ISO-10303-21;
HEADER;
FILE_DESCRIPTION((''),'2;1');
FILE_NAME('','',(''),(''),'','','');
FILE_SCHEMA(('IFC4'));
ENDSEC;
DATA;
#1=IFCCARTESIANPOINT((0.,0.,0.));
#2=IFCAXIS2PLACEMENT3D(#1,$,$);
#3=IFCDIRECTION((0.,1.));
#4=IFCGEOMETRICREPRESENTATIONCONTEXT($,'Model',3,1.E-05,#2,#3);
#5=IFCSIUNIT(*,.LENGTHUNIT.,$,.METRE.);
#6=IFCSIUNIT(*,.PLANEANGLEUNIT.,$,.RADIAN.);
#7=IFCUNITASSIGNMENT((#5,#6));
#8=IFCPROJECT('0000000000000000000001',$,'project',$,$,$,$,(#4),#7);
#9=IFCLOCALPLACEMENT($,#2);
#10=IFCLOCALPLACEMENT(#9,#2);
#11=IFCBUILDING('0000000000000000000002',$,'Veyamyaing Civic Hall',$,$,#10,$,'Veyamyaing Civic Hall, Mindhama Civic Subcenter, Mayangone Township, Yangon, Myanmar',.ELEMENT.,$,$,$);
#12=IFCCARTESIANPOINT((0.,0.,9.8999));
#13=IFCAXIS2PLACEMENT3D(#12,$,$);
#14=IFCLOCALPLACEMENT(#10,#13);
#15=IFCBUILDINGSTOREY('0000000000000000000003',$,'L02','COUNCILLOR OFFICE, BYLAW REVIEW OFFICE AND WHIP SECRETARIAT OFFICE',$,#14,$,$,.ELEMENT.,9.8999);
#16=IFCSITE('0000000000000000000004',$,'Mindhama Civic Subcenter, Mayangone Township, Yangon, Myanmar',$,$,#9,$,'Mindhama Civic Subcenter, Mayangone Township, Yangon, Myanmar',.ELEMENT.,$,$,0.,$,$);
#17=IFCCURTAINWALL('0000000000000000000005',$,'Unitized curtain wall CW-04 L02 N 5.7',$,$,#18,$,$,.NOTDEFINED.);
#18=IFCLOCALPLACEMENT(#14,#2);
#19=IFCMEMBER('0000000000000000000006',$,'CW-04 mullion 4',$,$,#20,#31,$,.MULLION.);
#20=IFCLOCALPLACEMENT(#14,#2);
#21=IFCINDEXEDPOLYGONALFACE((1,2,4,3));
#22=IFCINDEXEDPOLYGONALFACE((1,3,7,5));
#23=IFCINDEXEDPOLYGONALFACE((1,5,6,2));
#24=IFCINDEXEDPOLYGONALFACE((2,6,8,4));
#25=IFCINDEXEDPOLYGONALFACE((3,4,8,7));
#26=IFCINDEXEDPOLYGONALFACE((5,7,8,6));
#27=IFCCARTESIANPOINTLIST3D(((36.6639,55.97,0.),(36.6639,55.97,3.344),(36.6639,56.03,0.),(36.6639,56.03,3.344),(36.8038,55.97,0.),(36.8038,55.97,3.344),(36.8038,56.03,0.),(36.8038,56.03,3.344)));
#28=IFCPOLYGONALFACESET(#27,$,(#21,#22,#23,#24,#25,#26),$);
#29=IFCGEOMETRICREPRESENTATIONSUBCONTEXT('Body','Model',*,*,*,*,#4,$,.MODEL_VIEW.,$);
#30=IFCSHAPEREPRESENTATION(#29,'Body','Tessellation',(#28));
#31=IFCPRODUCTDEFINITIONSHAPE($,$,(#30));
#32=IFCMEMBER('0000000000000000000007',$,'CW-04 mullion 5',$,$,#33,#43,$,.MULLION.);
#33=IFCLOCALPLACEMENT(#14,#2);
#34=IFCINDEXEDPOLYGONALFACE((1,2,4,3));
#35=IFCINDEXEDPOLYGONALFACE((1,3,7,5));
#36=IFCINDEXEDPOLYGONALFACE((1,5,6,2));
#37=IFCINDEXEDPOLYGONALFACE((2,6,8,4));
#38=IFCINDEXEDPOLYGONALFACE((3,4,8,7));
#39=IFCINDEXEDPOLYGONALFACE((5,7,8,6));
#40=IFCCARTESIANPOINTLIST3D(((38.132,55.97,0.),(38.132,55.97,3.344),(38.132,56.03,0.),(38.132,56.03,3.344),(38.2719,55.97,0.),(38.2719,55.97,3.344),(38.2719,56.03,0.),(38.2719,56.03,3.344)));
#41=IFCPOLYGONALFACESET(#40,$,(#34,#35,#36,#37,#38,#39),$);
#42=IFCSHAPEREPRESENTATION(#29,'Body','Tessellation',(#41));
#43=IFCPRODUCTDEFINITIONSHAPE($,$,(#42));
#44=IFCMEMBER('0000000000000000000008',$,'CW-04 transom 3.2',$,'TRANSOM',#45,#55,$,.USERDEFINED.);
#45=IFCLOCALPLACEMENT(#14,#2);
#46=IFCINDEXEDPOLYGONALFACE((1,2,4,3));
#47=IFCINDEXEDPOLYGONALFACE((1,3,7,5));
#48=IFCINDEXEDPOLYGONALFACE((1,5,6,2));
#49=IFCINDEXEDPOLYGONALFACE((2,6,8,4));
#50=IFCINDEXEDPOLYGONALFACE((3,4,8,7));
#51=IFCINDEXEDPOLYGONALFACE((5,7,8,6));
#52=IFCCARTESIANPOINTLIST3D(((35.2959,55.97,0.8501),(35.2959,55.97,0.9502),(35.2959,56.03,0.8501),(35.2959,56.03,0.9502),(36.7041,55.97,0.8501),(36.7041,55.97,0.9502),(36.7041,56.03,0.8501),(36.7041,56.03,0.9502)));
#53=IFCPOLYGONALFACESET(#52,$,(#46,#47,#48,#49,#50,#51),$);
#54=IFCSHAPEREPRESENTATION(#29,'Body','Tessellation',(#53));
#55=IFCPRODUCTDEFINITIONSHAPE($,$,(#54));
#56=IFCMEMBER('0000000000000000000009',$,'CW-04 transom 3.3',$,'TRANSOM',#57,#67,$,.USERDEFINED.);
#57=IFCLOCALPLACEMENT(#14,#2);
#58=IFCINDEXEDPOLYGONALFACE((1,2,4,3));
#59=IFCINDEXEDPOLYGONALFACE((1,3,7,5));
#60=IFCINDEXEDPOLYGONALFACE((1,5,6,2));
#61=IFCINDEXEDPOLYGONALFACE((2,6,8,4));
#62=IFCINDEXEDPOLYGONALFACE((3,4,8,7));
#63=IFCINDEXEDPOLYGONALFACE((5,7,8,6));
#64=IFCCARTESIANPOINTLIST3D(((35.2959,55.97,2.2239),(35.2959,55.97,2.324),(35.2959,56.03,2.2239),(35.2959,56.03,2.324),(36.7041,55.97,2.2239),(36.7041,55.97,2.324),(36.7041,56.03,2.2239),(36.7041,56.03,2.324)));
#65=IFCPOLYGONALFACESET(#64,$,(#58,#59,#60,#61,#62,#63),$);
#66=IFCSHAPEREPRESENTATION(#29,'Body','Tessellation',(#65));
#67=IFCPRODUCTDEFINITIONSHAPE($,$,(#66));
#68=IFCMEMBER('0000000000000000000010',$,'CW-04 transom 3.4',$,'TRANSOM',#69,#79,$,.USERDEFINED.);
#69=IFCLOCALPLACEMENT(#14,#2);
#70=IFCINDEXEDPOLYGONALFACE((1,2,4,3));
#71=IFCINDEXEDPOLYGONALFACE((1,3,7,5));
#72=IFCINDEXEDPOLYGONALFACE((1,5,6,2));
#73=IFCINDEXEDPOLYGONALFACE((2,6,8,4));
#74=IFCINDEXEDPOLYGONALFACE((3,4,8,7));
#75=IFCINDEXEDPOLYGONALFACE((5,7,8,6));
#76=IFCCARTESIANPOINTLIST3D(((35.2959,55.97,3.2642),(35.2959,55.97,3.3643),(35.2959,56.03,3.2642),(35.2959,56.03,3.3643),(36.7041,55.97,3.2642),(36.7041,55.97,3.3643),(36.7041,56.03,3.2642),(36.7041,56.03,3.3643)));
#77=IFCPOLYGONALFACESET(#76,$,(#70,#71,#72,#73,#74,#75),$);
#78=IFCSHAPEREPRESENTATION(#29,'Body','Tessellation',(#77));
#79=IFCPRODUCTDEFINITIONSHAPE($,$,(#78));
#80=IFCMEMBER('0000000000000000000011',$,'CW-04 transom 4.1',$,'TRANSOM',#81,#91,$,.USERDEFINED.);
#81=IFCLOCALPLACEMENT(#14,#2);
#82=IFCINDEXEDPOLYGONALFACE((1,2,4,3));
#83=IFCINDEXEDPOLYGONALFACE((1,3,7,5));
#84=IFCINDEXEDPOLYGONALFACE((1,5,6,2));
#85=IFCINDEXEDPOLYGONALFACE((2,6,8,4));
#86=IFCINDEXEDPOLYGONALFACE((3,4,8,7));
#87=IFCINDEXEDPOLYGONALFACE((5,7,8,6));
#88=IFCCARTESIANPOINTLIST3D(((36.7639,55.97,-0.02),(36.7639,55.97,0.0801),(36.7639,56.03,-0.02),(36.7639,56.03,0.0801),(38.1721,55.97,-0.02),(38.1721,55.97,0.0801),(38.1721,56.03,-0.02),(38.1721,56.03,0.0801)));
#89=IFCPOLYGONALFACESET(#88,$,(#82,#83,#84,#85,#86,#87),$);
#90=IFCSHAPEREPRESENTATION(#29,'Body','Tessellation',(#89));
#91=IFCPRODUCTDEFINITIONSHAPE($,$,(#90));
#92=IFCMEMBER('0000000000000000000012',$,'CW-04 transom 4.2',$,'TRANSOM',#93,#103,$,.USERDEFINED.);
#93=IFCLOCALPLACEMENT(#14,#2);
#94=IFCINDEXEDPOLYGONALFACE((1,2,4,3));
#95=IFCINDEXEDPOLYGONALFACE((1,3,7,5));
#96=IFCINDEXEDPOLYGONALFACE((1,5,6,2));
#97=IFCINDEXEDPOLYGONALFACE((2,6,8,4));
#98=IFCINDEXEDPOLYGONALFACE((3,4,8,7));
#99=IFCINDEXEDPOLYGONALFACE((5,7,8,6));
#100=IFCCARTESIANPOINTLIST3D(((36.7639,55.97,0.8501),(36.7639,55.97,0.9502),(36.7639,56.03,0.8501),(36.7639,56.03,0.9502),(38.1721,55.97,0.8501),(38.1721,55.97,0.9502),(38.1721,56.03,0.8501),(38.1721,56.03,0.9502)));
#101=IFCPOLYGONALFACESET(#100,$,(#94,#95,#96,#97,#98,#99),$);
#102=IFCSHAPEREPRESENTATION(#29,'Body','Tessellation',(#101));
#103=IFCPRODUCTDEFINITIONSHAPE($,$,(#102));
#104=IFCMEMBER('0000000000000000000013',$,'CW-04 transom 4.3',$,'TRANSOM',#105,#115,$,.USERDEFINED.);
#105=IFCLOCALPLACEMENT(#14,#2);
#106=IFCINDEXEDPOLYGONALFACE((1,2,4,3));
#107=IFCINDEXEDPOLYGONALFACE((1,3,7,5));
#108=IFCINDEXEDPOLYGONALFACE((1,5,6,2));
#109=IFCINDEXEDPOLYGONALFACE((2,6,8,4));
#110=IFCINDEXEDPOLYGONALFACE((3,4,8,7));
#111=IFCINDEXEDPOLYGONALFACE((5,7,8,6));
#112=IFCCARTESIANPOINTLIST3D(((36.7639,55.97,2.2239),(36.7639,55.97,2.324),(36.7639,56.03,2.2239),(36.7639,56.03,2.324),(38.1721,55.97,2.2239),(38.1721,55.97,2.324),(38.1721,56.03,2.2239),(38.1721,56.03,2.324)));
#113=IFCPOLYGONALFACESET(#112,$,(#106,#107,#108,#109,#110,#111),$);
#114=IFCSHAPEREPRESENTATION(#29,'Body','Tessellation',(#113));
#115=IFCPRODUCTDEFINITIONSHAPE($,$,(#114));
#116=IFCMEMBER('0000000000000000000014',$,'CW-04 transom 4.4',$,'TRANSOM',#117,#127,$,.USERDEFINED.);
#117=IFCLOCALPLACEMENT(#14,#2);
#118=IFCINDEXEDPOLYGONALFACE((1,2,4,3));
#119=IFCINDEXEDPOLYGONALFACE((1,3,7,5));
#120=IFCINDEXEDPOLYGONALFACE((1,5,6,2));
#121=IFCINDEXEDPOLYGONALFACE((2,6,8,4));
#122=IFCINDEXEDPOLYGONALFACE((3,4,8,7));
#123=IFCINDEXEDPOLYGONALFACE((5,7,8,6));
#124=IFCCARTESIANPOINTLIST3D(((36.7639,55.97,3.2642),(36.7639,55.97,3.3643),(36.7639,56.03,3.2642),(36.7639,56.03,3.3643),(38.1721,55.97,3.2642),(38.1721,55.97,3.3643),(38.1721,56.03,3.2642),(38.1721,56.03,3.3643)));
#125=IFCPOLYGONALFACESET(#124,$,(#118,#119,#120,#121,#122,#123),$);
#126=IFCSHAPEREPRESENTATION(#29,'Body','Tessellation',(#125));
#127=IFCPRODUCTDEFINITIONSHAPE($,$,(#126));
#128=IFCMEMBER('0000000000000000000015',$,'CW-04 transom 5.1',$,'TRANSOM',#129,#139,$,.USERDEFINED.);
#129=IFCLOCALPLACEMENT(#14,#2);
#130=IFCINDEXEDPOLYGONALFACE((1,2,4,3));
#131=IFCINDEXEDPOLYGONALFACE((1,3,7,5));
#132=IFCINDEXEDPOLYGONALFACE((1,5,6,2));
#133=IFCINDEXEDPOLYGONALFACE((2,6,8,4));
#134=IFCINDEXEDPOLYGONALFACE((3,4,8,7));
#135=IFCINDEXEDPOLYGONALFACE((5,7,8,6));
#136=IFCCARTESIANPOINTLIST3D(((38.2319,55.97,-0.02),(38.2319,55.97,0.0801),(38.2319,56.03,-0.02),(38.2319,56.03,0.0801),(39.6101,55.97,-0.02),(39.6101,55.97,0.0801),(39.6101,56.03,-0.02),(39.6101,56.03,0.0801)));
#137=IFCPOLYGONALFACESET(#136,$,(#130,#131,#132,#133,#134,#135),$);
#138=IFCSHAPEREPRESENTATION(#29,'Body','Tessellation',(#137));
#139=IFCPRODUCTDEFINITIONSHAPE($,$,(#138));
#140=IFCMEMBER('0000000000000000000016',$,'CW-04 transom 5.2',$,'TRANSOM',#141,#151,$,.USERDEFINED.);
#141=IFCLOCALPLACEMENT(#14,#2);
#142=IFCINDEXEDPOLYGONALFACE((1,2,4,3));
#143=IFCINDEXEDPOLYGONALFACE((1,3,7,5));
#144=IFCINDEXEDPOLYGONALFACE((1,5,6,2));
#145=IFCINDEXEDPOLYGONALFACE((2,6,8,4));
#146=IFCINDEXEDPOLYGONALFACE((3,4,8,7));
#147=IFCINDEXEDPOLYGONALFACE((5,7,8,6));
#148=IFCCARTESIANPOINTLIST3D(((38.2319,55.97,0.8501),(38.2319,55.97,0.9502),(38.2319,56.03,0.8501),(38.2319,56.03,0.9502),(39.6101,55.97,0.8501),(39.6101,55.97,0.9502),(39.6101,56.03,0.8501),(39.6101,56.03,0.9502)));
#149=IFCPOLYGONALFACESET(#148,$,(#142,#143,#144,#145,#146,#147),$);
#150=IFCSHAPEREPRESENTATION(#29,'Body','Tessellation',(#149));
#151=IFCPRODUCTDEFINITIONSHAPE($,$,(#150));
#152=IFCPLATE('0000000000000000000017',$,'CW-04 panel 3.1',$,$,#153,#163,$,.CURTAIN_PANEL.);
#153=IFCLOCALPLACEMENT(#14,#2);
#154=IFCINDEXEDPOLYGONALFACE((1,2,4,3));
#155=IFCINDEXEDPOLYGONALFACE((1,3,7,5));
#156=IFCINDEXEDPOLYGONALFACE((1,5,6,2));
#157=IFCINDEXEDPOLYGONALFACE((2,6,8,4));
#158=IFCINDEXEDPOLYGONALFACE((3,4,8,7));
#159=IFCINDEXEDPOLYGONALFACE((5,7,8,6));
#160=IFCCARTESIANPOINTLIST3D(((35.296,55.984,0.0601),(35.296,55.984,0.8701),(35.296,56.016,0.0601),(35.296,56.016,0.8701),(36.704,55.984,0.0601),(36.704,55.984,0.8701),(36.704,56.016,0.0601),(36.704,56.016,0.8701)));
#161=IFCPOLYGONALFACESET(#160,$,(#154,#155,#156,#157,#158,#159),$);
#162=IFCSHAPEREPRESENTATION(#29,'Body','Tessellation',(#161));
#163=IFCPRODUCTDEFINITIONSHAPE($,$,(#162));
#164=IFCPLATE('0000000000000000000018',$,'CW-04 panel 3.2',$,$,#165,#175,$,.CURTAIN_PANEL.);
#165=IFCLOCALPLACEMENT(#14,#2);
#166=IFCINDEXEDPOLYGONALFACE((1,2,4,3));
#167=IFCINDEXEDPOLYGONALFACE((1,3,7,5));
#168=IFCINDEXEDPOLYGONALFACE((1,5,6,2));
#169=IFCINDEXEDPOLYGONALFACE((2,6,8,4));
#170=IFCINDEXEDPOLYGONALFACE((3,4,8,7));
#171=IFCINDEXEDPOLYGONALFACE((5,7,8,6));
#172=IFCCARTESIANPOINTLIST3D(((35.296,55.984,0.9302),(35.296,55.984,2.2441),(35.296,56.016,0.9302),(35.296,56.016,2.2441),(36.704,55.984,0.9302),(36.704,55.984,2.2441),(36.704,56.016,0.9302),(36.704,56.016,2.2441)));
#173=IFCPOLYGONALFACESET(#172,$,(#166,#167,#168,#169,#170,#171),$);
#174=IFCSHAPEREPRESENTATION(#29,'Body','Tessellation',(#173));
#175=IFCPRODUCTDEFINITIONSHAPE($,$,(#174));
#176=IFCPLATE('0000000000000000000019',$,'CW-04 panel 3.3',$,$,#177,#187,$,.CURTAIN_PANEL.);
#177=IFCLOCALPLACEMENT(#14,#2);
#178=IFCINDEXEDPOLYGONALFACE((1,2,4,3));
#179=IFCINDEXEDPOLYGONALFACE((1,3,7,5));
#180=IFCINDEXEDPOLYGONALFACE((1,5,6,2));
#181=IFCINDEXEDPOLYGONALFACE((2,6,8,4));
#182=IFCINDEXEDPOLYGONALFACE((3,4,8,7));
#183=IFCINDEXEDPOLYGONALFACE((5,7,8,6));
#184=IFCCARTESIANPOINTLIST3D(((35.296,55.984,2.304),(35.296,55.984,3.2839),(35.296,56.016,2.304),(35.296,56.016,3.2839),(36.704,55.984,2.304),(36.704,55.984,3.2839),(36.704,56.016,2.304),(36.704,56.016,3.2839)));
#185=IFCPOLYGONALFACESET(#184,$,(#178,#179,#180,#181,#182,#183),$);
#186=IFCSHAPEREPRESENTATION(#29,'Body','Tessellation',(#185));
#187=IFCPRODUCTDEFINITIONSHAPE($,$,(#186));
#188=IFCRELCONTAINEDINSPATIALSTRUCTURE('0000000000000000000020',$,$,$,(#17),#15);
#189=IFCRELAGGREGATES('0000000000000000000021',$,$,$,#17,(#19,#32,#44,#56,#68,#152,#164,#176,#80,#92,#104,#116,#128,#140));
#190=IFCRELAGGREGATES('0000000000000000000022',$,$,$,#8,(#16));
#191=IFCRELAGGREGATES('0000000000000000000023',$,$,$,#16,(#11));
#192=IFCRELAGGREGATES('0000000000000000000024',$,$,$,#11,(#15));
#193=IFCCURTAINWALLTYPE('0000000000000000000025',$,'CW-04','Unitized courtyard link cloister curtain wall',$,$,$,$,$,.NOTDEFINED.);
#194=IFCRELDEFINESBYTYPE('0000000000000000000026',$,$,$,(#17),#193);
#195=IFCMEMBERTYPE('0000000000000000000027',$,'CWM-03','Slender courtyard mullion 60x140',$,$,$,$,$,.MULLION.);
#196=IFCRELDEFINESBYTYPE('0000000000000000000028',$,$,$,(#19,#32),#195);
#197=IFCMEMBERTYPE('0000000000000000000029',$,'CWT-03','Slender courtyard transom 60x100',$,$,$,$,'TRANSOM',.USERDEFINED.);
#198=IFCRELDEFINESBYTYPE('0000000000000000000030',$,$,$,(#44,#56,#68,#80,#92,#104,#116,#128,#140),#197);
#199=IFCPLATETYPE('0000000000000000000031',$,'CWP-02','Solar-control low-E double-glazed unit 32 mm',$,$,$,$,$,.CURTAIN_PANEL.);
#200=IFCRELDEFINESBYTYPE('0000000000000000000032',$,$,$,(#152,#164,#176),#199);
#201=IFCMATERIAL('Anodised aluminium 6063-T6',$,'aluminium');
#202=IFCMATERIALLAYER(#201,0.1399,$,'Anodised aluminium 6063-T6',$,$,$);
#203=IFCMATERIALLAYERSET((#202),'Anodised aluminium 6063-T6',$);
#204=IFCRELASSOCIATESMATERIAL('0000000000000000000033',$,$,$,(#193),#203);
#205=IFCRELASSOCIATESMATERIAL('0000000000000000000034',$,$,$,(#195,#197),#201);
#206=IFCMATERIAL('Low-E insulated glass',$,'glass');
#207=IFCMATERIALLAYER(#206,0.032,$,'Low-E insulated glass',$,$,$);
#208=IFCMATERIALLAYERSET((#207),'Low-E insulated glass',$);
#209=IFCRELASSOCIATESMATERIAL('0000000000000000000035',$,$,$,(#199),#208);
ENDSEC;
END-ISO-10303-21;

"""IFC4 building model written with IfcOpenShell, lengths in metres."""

from ifc_helpers import new_model, si_unit, direction, frame, origin, origin_2d, place, context, subcontext, project, spatial, rectangle, extrude, material, layer, layer_set, material_profile, profile_set, type_object, element, aggregate, save


model = new_model("IFC4")

# Units and contexts
model_context = context("Model", 3, precision=1e-05, world=origin(), true_north=direction((0.0, 1.0)))
body_context = subcontext(model_context, "Body", "Model", "MODEL_VIEW")
ifc_project = project(units=[si_unit("LENGTHUNIT", "METRE"), si_unit("PLANEANGLEUNIT", "RADIAN")], contexts=[model_context])

# Site, building, storey
site_placement = place(None, origin())
site = spatial("IfcSite", under=ifc_project, at=site_placement, Name="Mindhama Civic Subcenter, Mayangone Township, Yangon, Myanmar", LongName="Mindhama Civic Subcenter, Mayangone Township, Yangon, Myanmar", CompositionType="ELEMENT", RefElevation=0.0)
building_placement = place(site_placement, origin())
building = spatial("IfcBuilding", under=site, at=building_placement, Name="Veyamyaing Civic Hall", LongName="Veyamyaing Civic Hall, Mindhama Civic Subcenter, Mayangone Township, Yangon, Myanmar", CompositionType="ELEMENT")
storey_placement = place(building_placement, frame((0.0, 0.0, 9.8999)))
storey = spatial("IfcBuildingStorey", under=building, at=storey_placement, Name="L02", Description="COUNCILLOR OFFICE, BYLAW REVIEW OFFICE AND WHIP SECRETARIAT OFFICE", CompositionType="ELEMENT", Elevation=9.8999)

# Curtain wall, members, plates
ifc_material_1 = material(Name="Anodised aluminium 6063-T6", Category="aluminium")
ifc_layer_1 = layer(ifc_material_1, 0.1399, Name="Anodised aluminium 6063-T6")
ifc_layer_set_1 = layer_set([ifc_layer_1], Name="Anodised aluminium 6063-T6")
curtain_wall_type = type_object("IfcCurtainWallType", Name="CW-04", Description="Unitized courtyard link cloister curtain wall", PredefinedType="NOTDEFINED", material=ifc_layer_set_1)
curtain_wall_placement = place(storey_placement, origin())
curtain_wall = element("IfcCurtainWall", 1, at=curtain_wall_placement, inside=storey, type_object=curtain_wall_type, Name="Unitized curtain wall CW-04 L02 N 5.7", PredefinedType="NOTDEFINED")
ifc_material_profile_1 = material_profile(ifc_material_1, rectangle(XDim=0.0601, YDim=0.1399, at=origin_2d()), Name="ALU-MUL-60X140")
ifc_profile_set_1 = profile_set([ifc_material_profile_1], Name="Anodised aluminium 6063-T6")
member_type_1 = type_object("IfcMemberType", Name="CWM-03", Description="Slender courtyard mullion 60x140", PredefinedType="MULLION", material=ifc_profile_set_1)
member_1_placement = place(storey_placement, frame((36.7339, 56.0, 0.0), z_axis=(0.0, 0.0, 1.0), x_axis=(0.0, 1.0, 0.0)))
member_1 = element("IfcMember", 2, at=member_1_placement, type_object=member_type_1, Name="CW-04 mullion 4", PredefinedType="MULLION", context=body_context, shape_type="SweptSolid", body=[
    extrude(rectangle(XDim=0.0601, YDim=0.1399, at=origin_2d()), origin(), (0.0, 0.0, 1.0), 3.344),
])
member_2_placement = place(storey_placement, frame((38.2019, 56.0, 0.0), z_axis=(0.0, 0.0, 1.0), x_axis=(0.0, 1.0, 0.0)))
member_2 = element("IfcMember", 3, at=member_2_placement, type_object=member_type_1, Name="CW-04 mullion 5", PredefinedType="MULLION", context=body_context, shape_type="SweptSolid", body=[
    extrude(rectangle(XDim=0.0601, YDim=0.1399, at=origin_2d()), origin(), (0.0, 0.0, 1.0), 3.344),
])
ifc_material_profile_2 = material_profile(ifc_material_1, rectangle(XDim=0.0601, YDim=0.1001, at=origin_2d()), Name="ALU-TRN-60X100")
ifc_profile_set_2 = profile_set([ifc_material_profile_2], Name="Anodised aluminium 6063-T6")
member_type_2 = type_object("IfcMemberType", Name="CWT-03", Description="Slender courtyard transom 60x100", ElementType="TRANSOM", PredefinedType="USERDEFINED", material=ifc_profile_set_2)
member_3_placement = place(storey_placement, frame((35.2959, 56.0, 0.9001), z_axis=(1.0, 0.0, 0.0), x_axis=(0.0, 1.0, 0.0)))
member_3 = element("IfcMember", 4, at=member_3_placement, type_object=member_type_2, Name="CW-04 transom 3.2", ObjectType="TRANSOM", PredefinedType="USERDEFINED", context=body_context, shape_type="SweptSolid", body=[
    extrude(rectangle(XDim=0.0601, YDim=0.1001, at=origin_2d()), origin(), (0.0, 0.0, 1.0), 1.4082),
])
member_4_placement = place(storey_placement, frame((35.2959, 56.0, 2.2739), z_axis=(1.0, 0.0, 0.0), x_axis=(0.0, 1.0, 0.0)))
member_4 = element("IfcMember", 5, at=member_4_placement, type_object=member_type_2, Name="CW-04 transom 3.3", ObjectType="TRANSOM", PredefinedType="USERDEFINED", context=body_context, shape_type="SweptSolid", body=[
    extrude(rectangle(XDim=0.0601, YDim=0.1001, at=origin_2d()), origin(), (0.0, 0.0, 1.0), 1.4082),
])
member_5_placement = place(storey_placement, frame((35.2959, 56.0, 3.3142), z_axis=(1.0, 0.0, 0.0), x_axis=(0.0, 1.0, 0.0)))
member_5 = element("IfcMember", 6, at=member_5_placement, type_object=member_type_2, Name="CW-04 transom 3.4", ObjectType="TRANSOM", PredefinedType="USERDEFINED", context=body_context, shape_type="SweptSolid", body=[
    extrude(rectangle(XDim=0.0601, YDim=0.1001, at=origin_2d()), origin(), (0.0, 0.0, 1.0), 1.4082),
])
member_6_placement = place(storey_placement, frame((36.7639, 56.0, 0.03), z_axis=(1.0, 0.0, 0.0), x_axis=(0.0, 1.0, 0.0)))
member_6 = element("IfcMember", 7, at=member_6_placement, type_object=member_type_2, Name="CW-04 transom 4.1", ObjectType="TRANSOM", PredefinedType="USERDEFINED", context=body_context, shape_type="SweptSolid", body=[
    extrude(rectangle(XDim=0.0601, YDim=0.1001, at=origin_2d()), origin(), (0.0, 0.0, 1.0), 1.4082),
])
member_7_placement = place(storey_placement, frame((36.7639, 56.0, 0.9001), z_axis=(1.0, 0.0, 0.0), x_axis=(0.0, 1.0, 0.0)))
member_7 = element("IfcMember", 8, at=member_7_placement, type_object=member_type_2, Name="CW-04 transom 4.2", ObjectType="TRANSOM", PredefinedType="USERDEFINED", context=body_context, shape_type="SweptSolid", body=[
    extrude(rectangle(XDim=0.0601, YDim=0.1001, at=origin_2d()), origin(), (0.0, 0.0, 1.0), 1.4082),
])
member_8_placement = place(storey_placement, frame((36.7639, 56.0, 2.2739), z_axis=(1.0, 0.0, 0.0), x_axis=(0.0, 1.0, 0.0)))
member_8 = element("IfcMember", 9, at=member_8_placement, type_object=member_type_2, Name="CW-04 transom 4.3", ObjectType="TRANSOM", PredefinedType="USERDEFINED", context=body_context, shape_type="SweptSolid", body=[
    extrude(rectangle(XDim=0.0601, YDim=0.1001, at=origin_2d()), origin(), (0.0, 0.0, 1.0), 1.4082),
])
member_9_placement = place(storey_placement, frame((36.7639, 56.0, 3.3142), z_axis=(1.0, 0.0, 0.0), x_axis=(0.0, 1.0, 0.0)))
member_9 = element("IfcMember", 10, at=member_9_placement, type_object=member_type_2, Name="CW-04 transom 4.4", ObjectType="TRANSOM", PredefinedType="USERDEFINED", context=body_context, shape_type="SweptSolid", body=[
    extrude(rectangle(XDim=0.0601, YDim=0.1001, at=origin_2d()), origin(), (0.0, 0.0, 1.0), 1.4082),
])
member_10_placement = place(storey_placement, frame((38.2319, 56.0, 0.03), z_axis=(1.0, 0.0, 0.0), x_axis=(0.0, 1.0, 0.0)))
member_10 = element("IfcMember", 11, at=member_10_placement, type_object=member_type_2, Name="CW-04 transom 5.1", ObjectType="TRANSOM", PredefinedType="USERDEFINED", context=body_context, shape_type="SweptSolid", body=[
    extrude(rectangle(XDim=0.0601, YDim=0.1001, at=origin_2d()), origin(), (0.0, 0.0, 1.0), 1.3782),
])
member_11_placement = place(storey_placement, frame((38.2319, 56.0, 0.9001), z_axis=(1.0, 0.0, 0.0), x_axis=(0.0, 1.0, 0.0)))
member_11 = element("IfcMember", 12, at=member_11_placement, type_object=member_type_2, Name="CW-04 transom 5.2", ObjectType="TRANSOM", PredefinedType="USERDEFINED", context=body_context, shape_type="SweptSolid", body=[
    extrude(rectangle(XDim=0.0601, YDim=0.1001, at=origin_2d()), origin(), (0.0, 0.0, 1.0), 1.3782),
])
ifc_material_2 = material(Name="Low-E insulated glass", Category="glass")
ifc_layer_2 = layer(ifc_material_2, 0.032, Name="Low-E insulated glass")
ifc_layer_set_2 = layer_set([ifc_layer_2], Name="Low-E insulated glass")
plate_type = type_object("IfcPlateType", Name="CWP-02", Description="Solar-control low-E double-glazed unit 32 mm", PredefinedType="CURTAIN_PANEL", material=ifc_layer_set_2)
plate_1_placement = place(storey_placement, frame((36.0, 56.0, 0.0601), z_axis=(0.0, 0.0, 1.0), x_axis=(1.0, 0.0, 0.0)))
plate_1 = element("IfcPlate", 13, at=plate_1_placement, type_object=plate_type, Name="CW-04 panel 3.1", PredefinedType="CURTAIN_PANEL", context=body_context, shape_type="SweptSolid", body=[
    extrude(rectangle(XDim=1.408, YDim=0.032, at=origin_2d()), origin(), (0.0, 0.0, 1.0), 0.8101),
])
plate_2_placement = place(storey_placement, frame((36.0, 56.0, 0.9302), z_axis=(0.0, 0.0, 1.0), x_axis=(1.0, 0.0, 0.0)))
plate_2 = element("IfcPlate", 14, at=plate_2_placement, type_object=plate_type, Name="CW-04 panel 3.2", PredefinedType="CURTAIN_PANEL", context=body_context, shape_type="SweptSolid", body=[
    extrude(rectangle(XDim=1.408, YDim=0.032, at=origin_2d()), origin(), (0.0, 0.0, 1.0), 1.314),
])
plate_3_placement = place(storey_placement, frame((36.0, 56.0, 2.304), z_axis=(0.0, 0.0, 1.0), x_axis=(1.0, 0.0, 0.0)))
plate_3 = element("IfcPlate", 15, at=plate_3_placement, type_object=plate_type, Name="CW-04 panel 3.3", PredefinedType="CURTAIN_PANEL", context=body_context, shape_type="SweptSolid", body=[
    extrude(rectangle(XDim=1.408, YDim=0.032, at=origin_2d()), origin(), (0.0, 0.0, 1.0), 0.98),
])
aggregate(curtain_wall, [member_1, member_2, member_3, member_4, member_5, plate_1, plate_2, plate_3, member_6, member_7, member_8, member_9, member_10, member_11])

save(model, "model.ifc")
